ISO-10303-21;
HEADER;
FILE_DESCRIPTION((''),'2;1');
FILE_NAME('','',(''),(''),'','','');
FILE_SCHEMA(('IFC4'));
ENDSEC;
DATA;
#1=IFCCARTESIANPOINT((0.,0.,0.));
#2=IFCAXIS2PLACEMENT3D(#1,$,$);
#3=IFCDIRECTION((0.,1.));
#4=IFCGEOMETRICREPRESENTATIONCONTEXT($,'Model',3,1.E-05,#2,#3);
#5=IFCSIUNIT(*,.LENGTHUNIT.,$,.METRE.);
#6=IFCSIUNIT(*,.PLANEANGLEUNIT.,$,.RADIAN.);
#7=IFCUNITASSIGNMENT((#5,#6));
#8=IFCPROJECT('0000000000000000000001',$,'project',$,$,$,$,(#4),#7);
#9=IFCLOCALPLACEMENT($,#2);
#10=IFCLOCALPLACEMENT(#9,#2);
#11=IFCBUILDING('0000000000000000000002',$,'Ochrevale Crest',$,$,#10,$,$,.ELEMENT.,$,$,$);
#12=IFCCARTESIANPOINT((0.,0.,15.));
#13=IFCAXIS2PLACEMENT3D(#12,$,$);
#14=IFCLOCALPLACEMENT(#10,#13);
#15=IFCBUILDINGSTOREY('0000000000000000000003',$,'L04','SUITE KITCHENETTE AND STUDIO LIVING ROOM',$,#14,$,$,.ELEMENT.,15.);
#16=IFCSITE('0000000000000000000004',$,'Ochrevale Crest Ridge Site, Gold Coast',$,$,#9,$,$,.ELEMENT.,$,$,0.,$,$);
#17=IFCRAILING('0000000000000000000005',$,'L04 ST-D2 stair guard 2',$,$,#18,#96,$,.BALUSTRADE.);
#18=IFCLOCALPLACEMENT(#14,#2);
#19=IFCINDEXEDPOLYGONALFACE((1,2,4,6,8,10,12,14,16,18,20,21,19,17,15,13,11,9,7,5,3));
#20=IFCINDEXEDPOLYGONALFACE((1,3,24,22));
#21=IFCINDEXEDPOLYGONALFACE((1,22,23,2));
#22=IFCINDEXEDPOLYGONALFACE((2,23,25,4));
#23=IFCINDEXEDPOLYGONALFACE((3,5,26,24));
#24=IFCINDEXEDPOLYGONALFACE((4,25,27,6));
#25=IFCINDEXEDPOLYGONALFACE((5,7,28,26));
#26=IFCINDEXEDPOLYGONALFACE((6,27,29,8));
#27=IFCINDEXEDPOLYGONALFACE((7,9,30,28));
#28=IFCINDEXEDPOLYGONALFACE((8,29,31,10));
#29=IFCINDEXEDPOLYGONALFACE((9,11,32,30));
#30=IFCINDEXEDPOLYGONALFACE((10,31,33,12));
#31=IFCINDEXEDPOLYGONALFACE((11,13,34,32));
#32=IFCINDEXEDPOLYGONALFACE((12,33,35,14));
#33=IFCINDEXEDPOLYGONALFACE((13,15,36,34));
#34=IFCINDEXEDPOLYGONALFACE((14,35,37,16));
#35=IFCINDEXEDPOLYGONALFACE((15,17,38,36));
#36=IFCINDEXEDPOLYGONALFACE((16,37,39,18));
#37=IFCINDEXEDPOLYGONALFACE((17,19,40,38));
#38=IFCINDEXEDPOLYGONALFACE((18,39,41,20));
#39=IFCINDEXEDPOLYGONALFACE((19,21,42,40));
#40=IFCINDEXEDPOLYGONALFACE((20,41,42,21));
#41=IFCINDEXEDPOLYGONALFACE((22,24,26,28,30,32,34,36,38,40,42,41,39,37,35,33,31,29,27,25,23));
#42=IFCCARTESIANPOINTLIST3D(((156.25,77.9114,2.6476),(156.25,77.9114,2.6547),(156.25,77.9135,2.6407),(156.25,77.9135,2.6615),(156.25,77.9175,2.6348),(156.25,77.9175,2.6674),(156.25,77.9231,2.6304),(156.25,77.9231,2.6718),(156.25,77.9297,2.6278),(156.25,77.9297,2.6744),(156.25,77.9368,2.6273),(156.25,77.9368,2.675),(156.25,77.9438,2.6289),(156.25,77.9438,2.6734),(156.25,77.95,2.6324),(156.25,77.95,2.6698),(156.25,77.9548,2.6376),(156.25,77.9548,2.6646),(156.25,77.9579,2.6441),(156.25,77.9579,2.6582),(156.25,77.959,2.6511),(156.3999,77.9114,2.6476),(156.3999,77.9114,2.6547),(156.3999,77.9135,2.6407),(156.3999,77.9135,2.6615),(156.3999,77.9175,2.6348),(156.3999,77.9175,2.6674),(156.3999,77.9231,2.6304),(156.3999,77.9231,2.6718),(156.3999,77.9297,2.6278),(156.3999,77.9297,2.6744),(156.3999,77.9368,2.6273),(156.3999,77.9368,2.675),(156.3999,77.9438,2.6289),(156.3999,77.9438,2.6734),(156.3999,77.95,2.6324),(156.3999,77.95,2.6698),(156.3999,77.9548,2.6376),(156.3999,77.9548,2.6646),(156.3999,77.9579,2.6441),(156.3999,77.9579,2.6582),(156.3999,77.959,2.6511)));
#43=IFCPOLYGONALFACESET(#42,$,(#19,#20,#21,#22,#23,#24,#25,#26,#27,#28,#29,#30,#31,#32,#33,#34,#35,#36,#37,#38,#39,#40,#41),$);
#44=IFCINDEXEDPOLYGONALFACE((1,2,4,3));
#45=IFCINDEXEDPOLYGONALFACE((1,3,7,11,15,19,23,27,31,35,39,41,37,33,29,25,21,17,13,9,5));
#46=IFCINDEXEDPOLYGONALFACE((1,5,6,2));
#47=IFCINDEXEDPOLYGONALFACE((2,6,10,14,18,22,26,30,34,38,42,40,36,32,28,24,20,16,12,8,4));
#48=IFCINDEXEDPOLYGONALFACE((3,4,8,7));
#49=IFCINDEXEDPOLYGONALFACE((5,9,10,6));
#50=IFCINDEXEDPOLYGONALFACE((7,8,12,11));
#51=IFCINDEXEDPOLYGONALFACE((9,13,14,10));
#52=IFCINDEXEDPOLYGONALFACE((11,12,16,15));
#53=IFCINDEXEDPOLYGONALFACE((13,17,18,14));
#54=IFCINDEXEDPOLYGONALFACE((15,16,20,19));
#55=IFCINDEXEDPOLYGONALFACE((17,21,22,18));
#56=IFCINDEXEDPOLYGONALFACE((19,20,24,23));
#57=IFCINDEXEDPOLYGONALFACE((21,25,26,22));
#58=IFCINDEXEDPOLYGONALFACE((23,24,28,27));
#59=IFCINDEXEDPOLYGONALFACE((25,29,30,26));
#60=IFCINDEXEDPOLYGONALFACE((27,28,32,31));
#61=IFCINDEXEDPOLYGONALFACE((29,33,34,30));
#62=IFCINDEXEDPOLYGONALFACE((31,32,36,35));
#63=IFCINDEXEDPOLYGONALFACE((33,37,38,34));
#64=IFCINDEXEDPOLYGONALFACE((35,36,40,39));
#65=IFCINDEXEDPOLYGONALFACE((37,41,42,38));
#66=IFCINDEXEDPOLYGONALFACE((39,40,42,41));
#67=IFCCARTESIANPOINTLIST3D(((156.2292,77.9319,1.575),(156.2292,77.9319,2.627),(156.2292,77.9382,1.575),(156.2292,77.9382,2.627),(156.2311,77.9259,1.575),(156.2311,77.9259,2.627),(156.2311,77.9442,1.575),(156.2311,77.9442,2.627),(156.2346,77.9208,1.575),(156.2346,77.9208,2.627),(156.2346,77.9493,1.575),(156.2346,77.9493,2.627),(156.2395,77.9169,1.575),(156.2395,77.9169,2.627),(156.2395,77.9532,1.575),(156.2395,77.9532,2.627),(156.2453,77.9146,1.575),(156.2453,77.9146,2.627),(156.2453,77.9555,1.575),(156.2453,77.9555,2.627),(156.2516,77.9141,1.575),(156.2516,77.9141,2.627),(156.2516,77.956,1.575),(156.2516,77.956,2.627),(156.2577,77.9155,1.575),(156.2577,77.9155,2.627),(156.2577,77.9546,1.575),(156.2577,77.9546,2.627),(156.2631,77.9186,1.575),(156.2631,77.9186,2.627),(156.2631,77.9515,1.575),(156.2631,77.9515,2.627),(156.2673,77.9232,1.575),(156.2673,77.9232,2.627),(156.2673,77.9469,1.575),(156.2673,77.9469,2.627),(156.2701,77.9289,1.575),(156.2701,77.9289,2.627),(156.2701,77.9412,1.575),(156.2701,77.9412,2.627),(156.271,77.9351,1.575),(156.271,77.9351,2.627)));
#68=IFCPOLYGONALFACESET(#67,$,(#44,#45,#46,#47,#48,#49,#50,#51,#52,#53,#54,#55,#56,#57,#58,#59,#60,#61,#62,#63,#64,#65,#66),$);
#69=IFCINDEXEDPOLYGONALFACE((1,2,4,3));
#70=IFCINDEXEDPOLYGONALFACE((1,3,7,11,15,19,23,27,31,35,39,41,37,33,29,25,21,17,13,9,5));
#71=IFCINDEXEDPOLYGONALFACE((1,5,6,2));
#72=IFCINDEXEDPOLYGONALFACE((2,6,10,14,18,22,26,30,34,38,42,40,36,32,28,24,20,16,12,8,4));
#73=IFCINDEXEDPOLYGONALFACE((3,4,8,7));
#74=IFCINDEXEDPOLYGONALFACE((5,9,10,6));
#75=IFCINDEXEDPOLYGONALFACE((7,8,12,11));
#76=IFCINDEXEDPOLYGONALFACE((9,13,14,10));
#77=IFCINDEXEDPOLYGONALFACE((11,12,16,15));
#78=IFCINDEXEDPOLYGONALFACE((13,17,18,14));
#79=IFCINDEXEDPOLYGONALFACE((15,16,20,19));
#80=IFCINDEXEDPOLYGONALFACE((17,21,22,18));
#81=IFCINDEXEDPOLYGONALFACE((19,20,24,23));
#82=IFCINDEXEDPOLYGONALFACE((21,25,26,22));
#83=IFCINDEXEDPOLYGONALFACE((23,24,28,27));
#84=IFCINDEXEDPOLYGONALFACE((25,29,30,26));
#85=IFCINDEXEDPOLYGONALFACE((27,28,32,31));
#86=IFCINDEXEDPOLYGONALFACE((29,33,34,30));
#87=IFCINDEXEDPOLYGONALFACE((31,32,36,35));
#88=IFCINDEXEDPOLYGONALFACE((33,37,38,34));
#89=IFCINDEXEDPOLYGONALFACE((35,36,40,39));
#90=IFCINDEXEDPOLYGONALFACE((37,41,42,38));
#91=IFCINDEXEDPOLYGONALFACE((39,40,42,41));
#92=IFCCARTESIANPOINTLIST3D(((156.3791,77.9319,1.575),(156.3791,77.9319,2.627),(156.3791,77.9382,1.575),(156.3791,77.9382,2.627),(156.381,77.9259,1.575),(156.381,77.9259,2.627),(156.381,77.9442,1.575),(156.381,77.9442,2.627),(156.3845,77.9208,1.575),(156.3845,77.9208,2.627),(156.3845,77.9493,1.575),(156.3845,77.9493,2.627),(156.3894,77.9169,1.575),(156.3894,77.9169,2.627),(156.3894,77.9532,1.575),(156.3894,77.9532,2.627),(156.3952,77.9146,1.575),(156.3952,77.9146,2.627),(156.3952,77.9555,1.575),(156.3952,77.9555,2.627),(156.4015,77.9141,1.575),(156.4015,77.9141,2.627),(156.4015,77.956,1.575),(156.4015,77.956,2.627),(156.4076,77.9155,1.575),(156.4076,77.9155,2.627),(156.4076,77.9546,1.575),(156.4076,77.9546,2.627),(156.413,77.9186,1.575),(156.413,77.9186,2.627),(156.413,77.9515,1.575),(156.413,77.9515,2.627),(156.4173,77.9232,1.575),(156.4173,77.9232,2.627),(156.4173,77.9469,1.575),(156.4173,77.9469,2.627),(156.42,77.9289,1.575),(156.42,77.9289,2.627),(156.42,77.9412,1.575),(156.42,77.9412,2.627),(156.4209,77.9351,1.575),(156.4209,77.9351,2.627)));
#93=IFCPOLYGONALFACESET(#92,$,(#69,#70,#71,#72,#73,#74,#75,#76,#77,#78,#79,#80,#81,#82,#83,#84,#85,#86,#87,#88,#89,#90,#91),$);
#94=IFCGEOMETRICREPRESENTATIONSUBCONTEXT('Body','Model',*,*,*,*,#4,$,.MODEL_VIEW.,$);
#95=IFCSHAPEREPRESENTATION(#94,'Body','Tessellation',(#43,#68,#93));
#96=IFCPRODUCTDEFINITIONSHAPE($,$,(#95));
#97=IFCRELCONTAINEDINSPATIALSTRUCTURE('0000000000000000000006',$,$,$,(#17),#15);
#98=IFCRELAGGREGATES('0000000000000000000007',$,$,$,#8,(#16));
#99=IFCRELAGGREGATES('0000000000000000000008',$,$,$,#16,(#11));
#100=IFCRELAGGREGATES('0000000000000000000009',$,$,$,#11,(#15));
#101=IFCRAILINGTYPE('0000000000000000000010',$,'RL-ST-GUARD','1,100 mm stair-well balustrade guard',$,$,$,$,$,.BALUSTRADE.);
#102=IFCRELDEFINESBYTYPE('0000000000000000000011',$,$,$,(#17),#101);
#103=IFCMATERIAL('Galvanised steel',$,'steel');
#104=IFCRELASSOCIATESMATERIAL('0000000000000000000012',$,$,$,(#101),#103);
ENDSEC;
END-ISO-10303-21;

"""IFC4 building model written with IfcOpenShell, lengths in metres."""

from ifc_helpers import new_model, si_unit, direction, frame, origin, origin_2d, place, context, subcontext, project, spatial, circle, extrude, material, type_object, element, save


model = new_model("IFC4")

# Units and contexts
model_context = context("Model", 3, precision=1e-05, world=origin(), true_north=direction((0.0, 1.0)))
body_context = subcontext(model_context, "Body", "Model", "MODEL_VIEW")
ifc_project = project(units=[si_unit("LENGTHUNIT", "METRE"), si_unit("PLANEANGLEUNIT", "RADIAN")], contexts=[model_context])

# Site, building, storey
site_placement = place(None, origin())
site = spatial("IfcSite", under=ifc_project, at=site_placement, Name="Ochrevale Crest Ridge Site, Gold Coast", CompositionType="ELEMENT", RefElevation=0.0)
building_placement = place(site_placement, origin())
building = spatial("IfcBuilding", under=site, at=building_placement, Name="Ochrevale Crest", CompositionType="ELEMENT")
storey_placement = place(building_placement, frame((0.0, 0.0, 15.0)))
storey = spatial("IfcBuildingStorey", under=building, at=storey_placement, Name="L04", Description="SUITE KITCHENETTE AND STUDIO LIVING ROOM", CompositionType="ELEMENT", Elevation=15.0)

# Railing
ifc_material_1 = material(Name="Galvanised steel", Category="steel")
railing_type_1 = type_object("IfcRailingType", Name="RL-ST-GUARD", Description="1,100 mm stair-well balustrade guard", PredefinedType="BALUSTRADE", material=ifc_material_1)
railing_1_placement = place(storey_placement, frame((156.25, 77.9351, 1.575)))
element("IfcRailing", 1, at=railing_1_placement, inside=storey, type_object=railing_type_1, Name="L04 ST-D2 stair guard 2", PredefinedType="BALUSTRADE", context=body_context, shape_type="SweptSolid", body=[
    extrude(circle(Radius=0.0239, at=origin_2d()), frame((0.0, 0.0, 1.0762), z_axis=(1.0, 0.0, 0.0), x_axis=(0.0, 1.0, 0.0)), (0.0, 0.0, 1.0), 0.1499),
    extrude(circle(Radius=0.021, at=origin_2d()), origin(), (0.0, 0.0, 1.0), 1.052),
    extrude(circle(Radius=0.021, at=origin_2d()), frame((0.1499, 0.0, 0.0)), (0.0, 0.0, 1.0), 1.052),
])

save(model, "model.ifc")
